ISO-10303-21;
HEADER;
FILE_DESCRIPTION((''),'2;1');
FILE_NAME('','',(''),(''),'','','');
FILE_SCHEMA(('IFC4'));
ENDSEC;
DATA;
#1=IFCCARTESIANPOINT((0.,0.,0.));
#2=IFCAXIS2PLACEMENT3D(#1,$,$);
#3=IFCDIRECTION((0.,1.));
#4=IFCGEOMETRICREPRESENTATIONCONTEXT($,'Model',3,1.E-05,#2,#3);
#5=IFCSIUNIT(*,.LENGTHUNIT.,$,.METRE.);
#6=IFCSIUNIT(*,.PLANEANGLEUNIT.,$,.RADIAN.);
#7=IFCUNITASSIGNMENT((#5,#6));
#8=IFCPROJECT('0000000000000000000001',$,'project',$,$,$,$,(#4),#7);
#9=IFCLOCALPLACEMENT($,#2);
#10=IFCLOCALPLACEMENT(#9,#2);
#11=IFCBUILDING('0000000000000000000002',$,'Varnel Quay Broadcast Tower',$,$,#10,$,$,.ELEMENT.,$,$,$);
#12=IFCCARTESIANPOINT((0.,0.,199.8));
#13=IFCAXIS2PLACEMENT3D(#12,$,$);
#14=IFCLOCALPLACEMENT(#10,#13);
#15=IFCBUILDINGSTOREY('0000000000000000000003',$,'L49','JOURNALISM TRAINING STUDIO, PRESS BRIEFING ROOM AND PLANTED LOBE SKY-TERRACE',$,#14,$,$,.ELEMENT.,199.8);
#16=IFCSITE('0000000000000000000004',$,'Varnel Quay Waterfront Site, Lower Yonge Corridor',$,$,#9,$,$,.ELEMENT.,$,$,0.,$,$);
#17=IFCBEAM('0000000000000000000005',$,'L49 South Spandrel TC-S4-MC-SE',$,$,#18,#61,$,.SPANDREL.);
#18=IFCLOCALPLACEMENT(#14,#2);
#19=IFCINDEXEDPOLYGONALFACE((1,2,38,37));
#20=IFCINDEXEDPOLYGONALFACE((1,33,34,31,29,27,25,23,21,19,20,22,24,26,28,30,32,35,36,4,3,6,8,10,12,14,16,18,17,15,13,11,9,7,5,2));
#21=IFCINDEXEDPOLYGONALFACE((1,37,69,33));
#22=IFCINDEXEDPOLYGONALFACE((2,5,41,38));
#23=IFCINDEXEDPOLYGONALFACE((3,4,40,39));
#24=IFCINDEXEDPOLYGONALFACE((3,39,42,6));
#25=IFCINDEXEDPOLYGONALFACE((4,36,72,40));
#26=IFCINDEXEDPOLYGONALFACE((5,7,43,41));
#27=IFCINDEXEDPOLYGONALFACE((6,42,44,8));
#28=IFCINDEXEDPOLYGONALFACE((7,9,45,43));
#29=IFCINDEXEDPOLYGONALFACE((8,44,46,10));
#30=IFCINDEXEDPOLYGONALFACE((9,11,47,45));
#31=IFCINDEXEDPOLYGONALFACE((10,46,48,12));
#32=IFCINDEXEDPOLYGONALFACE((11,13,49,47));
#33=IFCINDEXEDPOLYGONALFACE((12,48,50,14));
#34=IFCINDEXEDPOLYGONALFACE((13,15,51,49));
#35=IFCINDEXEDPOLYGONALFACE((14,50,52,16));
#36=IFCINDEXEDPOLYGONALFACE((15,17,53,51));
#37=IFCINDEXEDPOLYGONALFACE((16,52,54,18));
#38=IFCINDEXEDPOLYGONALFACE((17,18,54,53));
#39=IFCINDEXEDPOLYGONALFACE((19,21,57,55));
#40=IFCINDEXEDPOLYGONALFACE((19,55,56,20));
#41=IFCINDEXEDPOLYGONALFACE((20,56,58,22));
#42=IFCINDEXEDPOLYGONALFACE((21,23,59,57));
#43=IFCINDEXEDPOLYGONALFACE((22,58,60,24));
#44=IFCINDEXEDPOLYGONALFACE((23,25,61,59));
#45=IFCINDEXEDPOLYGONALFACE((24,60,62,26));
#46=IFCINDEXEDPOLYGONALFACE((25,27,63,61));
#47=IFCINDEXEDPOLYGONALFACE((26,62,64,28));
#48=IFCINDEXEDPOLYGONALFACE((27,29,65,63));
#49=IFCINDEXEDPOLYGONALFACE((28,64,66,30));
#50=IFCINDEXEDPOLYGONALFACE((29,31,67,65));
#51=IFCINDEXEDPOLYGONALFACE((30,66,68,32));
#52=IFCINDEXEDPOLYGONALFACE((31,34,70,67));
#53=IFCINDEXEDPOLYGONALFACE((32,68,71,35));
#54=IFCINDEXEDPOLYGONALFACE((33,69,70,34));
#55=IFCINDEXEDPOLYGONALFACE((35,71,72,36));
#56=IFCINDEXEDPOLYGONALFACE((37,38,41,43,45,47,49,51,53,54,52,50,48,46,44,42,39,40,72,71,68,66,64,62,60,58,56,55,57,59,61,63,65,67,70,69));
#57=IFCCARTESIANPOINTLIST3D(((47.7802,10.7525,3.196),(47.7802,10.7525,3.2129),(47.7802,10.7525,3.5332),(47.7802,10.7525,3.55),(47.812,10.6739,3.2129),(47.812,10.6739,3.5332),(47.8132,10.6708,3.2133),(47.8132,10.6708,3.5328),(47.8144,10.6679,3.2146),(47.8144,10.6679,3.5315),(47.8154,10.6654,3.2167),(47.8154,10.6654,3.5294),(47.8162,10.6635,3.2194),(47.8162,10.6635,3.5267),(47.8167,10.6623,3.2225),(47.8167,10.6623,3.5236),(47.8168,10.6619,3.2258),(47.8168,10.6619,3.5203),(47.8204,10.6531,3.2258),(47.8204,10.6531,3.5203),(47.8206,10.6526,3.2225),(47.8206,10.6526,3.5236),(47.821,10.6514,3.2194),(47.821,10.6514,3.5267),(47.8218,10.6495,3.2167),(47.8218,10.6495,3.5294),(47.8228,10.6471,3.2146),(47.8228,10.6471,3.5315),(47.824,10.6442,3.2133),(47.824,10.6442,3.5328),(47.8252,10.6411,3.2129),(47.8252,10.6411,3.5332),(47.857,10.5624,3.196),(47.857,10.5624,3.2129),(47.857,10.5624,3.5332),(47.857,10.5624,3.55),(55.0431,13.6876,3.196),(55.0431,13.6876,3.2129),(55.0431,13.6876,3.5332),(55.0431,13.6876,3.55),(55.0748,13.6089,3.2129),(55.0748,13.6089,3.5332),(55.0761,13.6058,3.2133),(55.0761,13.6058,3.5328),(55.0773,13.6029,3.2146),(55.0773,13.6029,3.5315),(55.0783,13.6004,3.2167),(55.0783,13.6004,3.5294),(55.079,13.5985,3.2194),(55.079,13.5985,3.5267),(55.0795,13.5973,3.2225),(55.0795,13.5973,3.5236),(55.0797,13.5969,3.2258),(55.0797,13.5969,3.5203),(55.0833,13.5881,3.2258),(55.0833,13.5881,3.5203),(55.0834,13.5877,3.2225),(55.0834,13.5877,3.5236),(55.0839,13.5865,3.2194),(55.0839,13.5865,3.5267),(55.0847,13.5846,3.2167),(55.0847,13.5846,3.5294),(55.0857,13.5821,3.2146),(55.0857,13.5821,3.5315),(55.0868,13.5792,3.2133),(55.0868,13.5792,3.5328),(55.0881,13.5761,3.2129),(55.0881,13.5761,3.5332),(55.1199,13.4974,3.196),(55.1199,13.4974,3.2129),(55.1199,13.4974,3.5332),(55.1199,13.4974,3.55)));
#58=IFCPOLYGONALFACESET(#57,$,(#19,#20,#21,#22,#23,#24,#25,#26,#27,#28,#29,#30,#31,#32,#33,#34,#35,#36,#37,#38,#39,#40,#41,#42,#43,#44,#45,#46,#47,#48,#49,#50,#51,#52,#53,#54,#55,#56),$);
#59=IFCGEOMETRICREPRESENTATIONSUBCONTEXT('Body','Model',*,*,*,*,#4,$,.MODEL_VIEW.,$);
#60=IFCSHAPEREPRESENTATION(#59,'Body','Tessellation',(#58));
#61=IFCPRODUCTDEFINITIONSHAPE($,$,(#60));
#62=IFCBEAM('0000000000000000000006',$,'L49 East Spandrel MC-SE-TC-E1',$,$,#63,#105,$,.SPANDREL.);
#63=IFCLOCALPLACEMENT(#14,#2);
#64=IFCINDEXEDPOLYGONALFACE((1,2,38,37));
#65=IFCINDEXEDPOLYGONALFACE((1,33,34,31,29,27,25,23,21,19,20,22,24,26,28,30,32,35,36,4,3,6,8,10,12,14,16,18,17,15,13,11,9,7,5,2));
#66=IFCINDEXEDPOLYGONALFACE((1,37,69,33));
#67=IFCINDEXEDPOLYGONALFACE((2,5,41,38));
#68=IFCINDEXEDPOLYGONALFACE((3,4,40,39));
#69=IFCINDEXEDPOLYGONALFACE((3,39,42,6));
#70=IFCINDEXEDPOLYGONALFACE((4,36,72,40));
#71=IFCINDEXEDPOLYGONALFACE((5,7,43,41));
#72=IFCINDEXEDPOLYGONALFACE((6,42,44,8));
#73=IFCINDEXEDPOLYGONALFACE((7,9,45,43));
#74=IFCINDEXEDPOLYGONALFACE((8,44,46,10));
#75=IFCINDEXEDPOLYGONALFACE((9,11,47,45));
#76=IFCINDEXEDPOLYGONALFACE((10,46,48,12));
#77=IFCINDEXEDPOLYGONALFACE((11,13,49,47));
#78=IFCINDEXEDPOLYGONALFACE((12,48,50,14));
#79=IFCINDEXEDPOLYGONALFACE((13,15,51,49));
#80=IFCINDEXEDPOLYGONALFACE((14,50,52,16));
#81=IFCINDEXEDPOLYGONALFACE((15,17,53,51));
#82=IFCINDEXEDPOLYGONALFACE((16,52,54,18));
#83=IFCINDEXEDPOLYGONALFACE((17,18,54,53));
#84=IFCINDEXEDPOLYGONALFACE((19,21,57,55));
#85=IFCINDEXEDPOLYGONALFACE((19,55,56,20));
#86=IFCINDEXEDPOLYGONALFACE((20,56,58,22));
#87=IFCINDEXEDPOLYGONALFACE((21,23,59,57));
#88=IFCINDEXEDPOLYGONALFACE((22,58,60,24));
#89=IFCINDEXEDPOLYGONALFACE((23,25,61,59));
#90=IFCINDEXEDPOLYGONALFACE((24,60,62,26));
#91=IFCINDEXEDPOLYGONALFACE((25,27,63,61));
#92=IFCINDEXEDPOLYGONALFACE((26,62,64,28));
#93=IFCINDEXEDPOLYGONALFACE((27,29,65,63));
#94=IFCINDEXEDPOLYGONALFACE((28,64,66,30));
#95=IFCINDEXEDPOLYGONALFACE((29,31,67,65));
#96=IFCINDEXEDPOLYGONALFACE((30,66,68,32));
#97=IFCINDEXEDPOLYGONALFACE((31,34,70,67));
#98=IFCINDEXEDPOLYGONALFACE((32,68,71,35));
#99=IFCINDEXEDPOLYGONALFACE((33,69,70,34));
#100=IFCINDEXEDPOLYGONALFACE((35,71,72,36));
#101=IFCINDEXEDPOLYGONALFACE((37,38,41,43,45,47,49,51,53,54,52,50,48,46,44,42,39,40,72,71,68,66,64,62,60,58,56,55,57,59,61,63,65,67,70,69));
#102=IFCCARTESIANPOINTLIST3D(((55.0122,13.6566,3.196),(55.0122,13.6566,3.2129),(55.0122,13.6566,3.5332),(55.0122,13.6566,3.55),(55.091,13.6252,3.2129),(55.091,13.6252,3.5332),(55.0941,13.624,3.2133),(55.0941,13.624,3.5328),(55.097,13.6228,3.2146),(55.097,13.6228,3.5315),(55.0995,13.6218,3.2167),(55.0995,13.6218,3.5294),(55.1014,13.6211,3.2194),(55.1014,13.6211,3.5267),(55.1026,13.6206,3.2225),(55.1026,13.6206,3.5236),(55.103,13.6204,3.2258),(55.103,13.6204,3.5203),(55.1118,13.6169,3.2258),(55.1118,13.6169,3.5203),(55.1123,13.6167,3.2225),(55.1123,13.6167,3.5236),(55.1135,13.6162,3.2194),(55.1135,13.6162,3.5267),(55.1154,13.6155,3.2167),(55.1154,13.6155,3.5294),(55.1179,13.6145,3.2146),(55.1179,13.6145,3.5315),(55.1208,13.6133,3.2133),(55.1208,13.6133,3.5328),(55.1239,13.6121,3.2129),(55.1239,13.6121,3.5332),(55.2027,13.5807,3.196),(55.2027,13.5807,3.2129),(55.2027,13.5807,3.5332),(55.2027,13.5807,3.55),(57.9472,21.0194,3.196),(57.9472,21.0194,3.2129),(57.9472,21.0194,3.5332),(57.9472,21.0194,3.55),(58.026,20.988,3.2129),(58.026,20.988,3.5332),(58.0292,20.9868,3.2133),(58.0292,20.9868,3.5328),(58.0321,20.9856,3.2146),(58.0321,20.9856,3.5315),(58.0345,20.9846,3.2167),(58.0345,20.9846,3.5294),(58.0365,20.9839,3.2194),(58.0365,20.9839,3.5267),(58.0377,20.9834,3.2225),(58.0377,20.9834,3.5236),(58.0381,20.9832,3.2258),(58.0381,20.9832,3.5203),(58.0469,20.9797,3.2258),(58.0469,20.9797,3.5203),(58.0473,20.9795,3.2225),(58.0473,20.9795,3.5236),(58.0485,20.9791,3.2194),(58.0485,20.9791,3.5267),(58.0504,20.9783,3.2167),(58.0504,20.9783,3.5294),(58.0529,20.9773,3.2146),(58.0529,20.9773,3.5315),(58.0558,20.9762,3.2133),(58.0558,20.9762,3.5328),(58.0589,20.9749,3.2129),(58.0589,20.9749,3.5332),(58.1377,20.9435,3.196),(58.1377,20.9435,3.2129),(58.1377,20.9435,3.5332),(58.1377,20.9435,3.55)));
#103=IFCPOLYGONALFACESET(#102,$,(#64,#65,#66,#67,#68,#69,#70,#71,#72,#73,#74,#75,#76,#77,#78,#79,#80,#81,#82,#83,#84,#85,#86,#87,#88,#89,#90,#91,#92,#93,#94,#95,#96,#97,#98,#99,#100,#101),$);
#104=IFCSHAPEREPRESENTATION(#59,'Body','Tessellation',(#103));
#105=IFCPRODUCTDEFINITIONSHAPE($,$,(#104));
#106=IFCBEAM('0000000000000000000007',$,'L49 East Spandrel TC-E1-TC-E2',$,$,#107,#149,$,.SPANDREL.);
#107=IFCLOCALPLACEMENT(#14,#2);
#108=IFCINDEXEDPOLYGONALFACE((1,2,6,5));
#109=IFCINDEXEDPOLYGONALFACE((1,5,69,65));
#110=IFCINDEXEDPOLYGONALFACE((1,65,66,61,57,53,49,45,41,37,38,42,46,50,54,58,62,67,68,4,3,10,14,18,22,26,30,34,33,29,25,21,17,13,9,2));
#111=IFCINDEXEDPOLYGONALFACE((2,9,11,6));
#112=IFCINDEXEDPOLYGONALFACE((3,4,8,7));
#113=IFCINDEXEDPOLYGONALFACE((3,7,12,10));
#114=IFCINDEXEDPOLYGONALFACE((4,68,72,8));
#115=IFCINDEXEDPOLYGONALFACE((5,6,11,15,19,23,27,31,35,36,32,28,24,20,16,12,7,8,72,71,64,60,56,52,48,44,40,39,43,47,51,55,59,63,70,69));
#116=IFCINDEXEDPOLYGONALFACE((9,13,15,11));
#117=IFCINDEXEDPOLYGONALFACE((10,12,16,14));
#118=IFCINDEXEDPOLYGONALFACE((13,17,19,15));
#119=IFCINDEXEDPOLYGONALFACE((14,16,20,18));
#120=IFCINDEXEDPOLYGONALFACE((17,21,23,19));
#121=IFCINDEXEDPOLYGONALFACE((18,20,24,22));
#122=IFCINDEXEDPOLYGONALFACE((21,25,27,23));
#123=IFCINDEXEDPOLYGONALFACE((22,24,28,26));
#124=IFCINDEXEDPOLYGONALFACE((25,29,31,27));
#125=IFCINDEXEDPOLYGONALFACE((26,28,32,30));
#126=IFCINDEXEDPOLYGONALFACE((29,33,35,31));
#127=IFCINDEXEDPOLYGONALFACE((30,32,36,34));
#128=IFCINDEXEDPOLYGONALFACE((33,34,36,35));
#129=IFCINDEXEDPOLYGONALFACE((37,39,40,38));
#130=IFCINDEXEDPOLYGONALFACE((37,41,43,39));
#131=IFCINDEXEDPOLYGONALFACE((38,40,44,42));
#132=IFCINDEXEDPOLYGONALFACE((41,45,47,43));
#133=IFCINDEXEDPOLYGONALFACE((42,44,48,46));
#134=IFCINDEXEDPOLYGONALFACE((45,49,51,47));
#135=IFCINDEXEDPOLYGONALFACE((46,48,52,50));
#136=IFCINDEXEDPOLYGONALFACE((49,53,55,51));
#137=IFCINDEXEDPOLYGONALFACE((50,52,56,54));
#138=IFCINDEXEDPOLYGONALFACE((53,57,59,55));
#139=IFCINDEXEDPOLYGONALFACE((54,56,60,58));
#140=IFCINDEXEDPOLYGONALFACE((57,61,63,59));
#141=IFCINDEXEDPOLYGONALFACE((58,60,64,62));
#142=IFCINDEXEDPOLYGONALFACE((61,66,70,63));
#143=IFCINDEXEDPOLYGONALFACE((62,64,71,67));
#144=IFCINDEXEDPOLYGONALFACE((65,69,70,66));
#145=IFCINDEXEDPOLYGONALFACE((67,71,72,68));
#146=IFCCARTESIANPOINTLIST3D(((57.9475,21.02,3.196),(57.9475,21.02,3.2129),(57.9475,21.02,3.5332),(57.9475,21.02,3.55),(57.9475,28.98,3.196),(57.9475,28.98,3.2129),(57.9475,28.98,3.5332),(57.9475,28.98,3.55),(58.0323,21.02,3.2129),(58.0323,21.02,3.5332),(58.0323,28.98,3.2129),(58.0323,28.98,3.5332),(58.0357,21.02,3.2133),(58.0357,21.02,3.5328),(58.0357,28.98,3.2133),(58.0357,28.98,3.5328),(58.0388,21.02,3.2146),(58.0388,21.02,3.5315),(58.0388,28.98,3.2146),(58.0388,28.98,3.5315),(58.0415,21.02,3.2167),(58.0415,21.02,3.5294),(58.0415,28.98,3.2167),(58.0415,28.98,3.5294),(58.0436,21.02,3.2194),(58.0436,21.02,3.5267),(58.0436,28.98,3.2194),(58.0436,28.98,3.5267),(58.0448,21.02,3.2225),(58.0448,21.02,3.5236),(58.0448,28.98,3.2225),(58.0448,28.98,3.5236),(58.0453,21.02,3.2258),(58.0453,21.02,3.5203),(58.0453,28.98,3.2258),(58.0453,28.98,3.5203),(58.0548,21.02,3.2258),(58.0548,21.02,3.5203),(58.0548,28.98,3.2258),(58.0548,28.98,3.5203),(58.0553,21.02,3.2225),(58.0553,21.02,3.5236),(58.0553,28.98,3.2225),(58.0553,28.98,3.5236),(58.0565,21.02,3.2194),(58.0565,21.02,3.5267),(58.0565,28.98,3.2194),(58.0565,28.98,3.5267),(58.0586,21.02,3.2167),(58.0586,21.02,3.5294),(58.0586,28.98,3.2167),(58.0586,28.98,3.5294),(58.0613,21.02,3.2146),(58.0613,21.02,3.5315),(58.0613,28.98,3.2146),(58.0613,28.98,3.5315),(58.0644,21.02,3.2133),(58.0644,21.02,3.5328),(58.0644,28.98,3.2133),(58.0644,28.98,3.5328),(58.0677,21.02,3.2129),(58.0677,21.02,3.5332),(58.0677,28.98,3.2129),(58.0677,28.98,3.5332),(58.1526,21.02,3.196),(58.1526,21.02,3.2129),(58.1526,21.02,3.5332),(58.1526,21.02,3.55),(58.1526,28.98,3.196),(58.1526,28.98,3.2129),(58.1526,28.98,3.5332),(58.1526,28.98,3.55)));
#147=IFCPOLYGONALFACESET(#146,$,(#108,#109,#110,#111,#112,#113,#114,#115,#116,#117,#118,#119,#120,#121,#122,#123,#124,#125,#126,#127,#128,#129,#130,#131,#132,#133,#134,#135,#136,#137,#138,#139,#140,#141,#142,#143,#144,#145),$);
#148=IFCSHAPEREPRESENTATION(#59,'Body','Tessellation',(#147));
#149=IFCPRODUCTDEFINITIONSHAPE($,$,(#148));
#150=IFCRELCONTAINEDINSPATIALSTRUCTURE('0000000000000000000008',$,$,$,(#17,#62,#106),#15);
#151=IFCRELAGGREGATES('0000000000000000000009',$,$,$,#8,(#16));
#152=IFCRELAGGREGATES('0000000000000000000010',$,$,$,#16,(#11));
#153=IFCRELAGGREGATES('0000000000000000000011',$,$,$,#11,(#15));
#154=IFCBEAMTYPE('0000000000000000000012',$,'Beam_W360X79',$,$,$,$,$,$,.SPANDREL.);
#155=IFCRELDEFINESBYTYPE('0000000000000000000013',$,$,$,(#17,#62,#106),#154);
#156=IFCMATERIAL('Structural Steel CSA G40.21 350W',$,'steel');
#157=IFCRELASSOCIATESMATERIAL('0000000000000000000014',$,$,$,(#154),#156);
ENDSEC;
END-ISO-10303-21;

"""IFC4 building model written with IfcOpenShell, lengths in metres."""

from ifc_helpers import new_model, si_unit, direction, frame, origin, origin_2d, place, context, subcontext, project, spatial, i_section, extrude, source, transform, mapped, material, material_profile, profile_set, type_object, type_shapes, element, save


model = new_model("IFC4")

# Units and contexts
model_context = context("Model", 3, precision=1e-05, world=origin(), true_north=direction((0.0, 1.0)))
body_context = subcontext(model_context, "Body", "Model", "MODEL_VIEW")
ifc_project = project(units=[si_unit("LENGTHUNIT", "METRE"), si_unit("PLANEANGLEUNIT", "RADIAN")], contexts=[model_context])

# Site, building, storey
site_placement = place(None, origin())
site = spatial("IfcSite", under=ifc_project, at=site_placement, Name="Varnel Quay Waterfront Site, Lower Yonge Corridor", CompositionType="ELEMENT", RefElevation=0.0)
building_placement = place(site_placement, origin())
building = spatial("IfcBuilding", under=site, at=building_placement, Name="Varnel Quay Broadcast Tower", CompositionType="ELEMENT")
storey_placement = place(building_placement, frame((0.0, 0.0, 199.8)))
storey = spatial("IfcBuildingStorey", under=building, at=storey_placement, Name="L49", Description="JOURNALISM TRAINING STUDIO, PRESS BRIEFING ROOM AND PLANTED LOBE SKY-TERRACE", CompositionType="ELEMENT", Elevation=199.8)

# Shared definitions
ifc_material_1 = material(Name="Structural Steel CSA G40.21 350W", Category="steel")

# Beams
ifc_material_profile_1 = material_profile(ifc_material_1, i_section(OverallWidth=0.2051, OverallDepth=0.354, WebThickness=0.0095, FlangeThickness=0.0168, FilletRadius=0.0129, at=origin_2d()), Name="W360X79")
ifc_profile_set_1 = profile_set([ifc_material_profile_1], Name="Structural Steel CSA G40.21 350W")
beam_type_1 = type_object("IfcBeamType", Name="Beam_W360X79", PredefinedType="SPANDREL", material=ifc_profile_set_1)
shared_shape_1 = source(origin(), body_context, "Body", "SweptSolid", [
    extrude(i_section(OverallWidth=0.2051, OverallDepth=0.354, WebThickness=0.0095, FlangeThickness=0.0168, FilletRadius=0.0129, at=origin_2d()), origin(), (0.0, 0.0, 1.0), 7.8335),
])
beam_1_placement = place(storey_placement, frame((47.8186, 10.6575, 3.373), z_axis=(0.927155, 0.374677, 0.0), x_axis=(-0.374677, 0.927155, 0.0)))
element("IfcBeam", 1, at=beam_1_placement, inside=storey, type_object=beam_type_1, Name="L49 South Spandrel TC-S4-MC-SE", PredefinedType="SPANDREL", context=body_context, shape_type="MappedRepresentation", body=[
    mapped(shared_shape_1, transform((0.0, 0.0, 0.0), x_axis=(1.0, 0.0, 0.0), y_axis=(0.0, 1.0, 0.0), z_axis=(0.0, 0.0, 1.0), scale=1.0)),
])
shared_shape_2 = source(origin(), body_context, "Body", "SweptSolid", [
    extrude(i_section(OverallWidth=0.2051, OverallDepth=0.354, WebThickness=0.0095, FlangeThickness=0.0168, FilletRadius=0.0129, at=origin_2d()), origin(), (0.0, 0.0, 1.0), 7.9263),
])
beam_2_placement = place(storey_placement, frame((55.1074, 13.6187, 3.373), z_axis=(0.370296, 0.928914, 0.0), x_axis=(-0.928914, 0.370296, 0.0)))
element("IfcBeam", 2, at=beam_2_placement, inside=storey, type_object=beam_type_1, Name="L49 East Spandrel MC-SE-TC-E1", PredefinedType="SPANDREL", context=body_context, shape_type="MappedRepresentation", body=[
    mapped(shared_shape_2, transform((0.0, 0.0, 0.0), x_axis=(1.0, 0.0, 0.0), y_axis=(0.0, 1.0, 0.0), z_axis=(0.0, 0.0, 1.0), scale=1.0)),
])
shared_shape_3 = source(origin(), body_context, "Body", "SweptSolid", [
    extrude(i_section(OverallWidth=0.2051, OverallDepth=0.354, WebThickness=0.0095, FlangeThickness=0.0168, FilletRadius=0.0129, at=origin_2d()), origin(), (0.0, 0.0, 1.0), 7.96),
])
type_shapes(beam_type_1, [shared_shape_1, shared_shape_2, shared_shape_3])
beam_3_placement = place(storey_placement, frame((58.05, 21.02, 3.373), z_axis=(0.0, 1.0, 0.0), x_axis=(-1.0, 0.0, 0.0)))
element("IfcBeam", 3, at=beam_3_placement, inside=storey, type_object=beam_type_1, Name="L49 East Spandrel TC-E1-TC-E2", PredefinedType="SPANDREL", context=body_context, shape_type="MappedRepresentation", body=[
    mapped(shared_shape_3, transform((0.0, 0.0, 0.0), x_axis=(1.0, 0.0, 0.0), y_axis=(0.0, 1.0, 0.0), z_axis=(0.0, 0.0, 1.0), scale=1.0)),
])

save(model, "model.ifc")
